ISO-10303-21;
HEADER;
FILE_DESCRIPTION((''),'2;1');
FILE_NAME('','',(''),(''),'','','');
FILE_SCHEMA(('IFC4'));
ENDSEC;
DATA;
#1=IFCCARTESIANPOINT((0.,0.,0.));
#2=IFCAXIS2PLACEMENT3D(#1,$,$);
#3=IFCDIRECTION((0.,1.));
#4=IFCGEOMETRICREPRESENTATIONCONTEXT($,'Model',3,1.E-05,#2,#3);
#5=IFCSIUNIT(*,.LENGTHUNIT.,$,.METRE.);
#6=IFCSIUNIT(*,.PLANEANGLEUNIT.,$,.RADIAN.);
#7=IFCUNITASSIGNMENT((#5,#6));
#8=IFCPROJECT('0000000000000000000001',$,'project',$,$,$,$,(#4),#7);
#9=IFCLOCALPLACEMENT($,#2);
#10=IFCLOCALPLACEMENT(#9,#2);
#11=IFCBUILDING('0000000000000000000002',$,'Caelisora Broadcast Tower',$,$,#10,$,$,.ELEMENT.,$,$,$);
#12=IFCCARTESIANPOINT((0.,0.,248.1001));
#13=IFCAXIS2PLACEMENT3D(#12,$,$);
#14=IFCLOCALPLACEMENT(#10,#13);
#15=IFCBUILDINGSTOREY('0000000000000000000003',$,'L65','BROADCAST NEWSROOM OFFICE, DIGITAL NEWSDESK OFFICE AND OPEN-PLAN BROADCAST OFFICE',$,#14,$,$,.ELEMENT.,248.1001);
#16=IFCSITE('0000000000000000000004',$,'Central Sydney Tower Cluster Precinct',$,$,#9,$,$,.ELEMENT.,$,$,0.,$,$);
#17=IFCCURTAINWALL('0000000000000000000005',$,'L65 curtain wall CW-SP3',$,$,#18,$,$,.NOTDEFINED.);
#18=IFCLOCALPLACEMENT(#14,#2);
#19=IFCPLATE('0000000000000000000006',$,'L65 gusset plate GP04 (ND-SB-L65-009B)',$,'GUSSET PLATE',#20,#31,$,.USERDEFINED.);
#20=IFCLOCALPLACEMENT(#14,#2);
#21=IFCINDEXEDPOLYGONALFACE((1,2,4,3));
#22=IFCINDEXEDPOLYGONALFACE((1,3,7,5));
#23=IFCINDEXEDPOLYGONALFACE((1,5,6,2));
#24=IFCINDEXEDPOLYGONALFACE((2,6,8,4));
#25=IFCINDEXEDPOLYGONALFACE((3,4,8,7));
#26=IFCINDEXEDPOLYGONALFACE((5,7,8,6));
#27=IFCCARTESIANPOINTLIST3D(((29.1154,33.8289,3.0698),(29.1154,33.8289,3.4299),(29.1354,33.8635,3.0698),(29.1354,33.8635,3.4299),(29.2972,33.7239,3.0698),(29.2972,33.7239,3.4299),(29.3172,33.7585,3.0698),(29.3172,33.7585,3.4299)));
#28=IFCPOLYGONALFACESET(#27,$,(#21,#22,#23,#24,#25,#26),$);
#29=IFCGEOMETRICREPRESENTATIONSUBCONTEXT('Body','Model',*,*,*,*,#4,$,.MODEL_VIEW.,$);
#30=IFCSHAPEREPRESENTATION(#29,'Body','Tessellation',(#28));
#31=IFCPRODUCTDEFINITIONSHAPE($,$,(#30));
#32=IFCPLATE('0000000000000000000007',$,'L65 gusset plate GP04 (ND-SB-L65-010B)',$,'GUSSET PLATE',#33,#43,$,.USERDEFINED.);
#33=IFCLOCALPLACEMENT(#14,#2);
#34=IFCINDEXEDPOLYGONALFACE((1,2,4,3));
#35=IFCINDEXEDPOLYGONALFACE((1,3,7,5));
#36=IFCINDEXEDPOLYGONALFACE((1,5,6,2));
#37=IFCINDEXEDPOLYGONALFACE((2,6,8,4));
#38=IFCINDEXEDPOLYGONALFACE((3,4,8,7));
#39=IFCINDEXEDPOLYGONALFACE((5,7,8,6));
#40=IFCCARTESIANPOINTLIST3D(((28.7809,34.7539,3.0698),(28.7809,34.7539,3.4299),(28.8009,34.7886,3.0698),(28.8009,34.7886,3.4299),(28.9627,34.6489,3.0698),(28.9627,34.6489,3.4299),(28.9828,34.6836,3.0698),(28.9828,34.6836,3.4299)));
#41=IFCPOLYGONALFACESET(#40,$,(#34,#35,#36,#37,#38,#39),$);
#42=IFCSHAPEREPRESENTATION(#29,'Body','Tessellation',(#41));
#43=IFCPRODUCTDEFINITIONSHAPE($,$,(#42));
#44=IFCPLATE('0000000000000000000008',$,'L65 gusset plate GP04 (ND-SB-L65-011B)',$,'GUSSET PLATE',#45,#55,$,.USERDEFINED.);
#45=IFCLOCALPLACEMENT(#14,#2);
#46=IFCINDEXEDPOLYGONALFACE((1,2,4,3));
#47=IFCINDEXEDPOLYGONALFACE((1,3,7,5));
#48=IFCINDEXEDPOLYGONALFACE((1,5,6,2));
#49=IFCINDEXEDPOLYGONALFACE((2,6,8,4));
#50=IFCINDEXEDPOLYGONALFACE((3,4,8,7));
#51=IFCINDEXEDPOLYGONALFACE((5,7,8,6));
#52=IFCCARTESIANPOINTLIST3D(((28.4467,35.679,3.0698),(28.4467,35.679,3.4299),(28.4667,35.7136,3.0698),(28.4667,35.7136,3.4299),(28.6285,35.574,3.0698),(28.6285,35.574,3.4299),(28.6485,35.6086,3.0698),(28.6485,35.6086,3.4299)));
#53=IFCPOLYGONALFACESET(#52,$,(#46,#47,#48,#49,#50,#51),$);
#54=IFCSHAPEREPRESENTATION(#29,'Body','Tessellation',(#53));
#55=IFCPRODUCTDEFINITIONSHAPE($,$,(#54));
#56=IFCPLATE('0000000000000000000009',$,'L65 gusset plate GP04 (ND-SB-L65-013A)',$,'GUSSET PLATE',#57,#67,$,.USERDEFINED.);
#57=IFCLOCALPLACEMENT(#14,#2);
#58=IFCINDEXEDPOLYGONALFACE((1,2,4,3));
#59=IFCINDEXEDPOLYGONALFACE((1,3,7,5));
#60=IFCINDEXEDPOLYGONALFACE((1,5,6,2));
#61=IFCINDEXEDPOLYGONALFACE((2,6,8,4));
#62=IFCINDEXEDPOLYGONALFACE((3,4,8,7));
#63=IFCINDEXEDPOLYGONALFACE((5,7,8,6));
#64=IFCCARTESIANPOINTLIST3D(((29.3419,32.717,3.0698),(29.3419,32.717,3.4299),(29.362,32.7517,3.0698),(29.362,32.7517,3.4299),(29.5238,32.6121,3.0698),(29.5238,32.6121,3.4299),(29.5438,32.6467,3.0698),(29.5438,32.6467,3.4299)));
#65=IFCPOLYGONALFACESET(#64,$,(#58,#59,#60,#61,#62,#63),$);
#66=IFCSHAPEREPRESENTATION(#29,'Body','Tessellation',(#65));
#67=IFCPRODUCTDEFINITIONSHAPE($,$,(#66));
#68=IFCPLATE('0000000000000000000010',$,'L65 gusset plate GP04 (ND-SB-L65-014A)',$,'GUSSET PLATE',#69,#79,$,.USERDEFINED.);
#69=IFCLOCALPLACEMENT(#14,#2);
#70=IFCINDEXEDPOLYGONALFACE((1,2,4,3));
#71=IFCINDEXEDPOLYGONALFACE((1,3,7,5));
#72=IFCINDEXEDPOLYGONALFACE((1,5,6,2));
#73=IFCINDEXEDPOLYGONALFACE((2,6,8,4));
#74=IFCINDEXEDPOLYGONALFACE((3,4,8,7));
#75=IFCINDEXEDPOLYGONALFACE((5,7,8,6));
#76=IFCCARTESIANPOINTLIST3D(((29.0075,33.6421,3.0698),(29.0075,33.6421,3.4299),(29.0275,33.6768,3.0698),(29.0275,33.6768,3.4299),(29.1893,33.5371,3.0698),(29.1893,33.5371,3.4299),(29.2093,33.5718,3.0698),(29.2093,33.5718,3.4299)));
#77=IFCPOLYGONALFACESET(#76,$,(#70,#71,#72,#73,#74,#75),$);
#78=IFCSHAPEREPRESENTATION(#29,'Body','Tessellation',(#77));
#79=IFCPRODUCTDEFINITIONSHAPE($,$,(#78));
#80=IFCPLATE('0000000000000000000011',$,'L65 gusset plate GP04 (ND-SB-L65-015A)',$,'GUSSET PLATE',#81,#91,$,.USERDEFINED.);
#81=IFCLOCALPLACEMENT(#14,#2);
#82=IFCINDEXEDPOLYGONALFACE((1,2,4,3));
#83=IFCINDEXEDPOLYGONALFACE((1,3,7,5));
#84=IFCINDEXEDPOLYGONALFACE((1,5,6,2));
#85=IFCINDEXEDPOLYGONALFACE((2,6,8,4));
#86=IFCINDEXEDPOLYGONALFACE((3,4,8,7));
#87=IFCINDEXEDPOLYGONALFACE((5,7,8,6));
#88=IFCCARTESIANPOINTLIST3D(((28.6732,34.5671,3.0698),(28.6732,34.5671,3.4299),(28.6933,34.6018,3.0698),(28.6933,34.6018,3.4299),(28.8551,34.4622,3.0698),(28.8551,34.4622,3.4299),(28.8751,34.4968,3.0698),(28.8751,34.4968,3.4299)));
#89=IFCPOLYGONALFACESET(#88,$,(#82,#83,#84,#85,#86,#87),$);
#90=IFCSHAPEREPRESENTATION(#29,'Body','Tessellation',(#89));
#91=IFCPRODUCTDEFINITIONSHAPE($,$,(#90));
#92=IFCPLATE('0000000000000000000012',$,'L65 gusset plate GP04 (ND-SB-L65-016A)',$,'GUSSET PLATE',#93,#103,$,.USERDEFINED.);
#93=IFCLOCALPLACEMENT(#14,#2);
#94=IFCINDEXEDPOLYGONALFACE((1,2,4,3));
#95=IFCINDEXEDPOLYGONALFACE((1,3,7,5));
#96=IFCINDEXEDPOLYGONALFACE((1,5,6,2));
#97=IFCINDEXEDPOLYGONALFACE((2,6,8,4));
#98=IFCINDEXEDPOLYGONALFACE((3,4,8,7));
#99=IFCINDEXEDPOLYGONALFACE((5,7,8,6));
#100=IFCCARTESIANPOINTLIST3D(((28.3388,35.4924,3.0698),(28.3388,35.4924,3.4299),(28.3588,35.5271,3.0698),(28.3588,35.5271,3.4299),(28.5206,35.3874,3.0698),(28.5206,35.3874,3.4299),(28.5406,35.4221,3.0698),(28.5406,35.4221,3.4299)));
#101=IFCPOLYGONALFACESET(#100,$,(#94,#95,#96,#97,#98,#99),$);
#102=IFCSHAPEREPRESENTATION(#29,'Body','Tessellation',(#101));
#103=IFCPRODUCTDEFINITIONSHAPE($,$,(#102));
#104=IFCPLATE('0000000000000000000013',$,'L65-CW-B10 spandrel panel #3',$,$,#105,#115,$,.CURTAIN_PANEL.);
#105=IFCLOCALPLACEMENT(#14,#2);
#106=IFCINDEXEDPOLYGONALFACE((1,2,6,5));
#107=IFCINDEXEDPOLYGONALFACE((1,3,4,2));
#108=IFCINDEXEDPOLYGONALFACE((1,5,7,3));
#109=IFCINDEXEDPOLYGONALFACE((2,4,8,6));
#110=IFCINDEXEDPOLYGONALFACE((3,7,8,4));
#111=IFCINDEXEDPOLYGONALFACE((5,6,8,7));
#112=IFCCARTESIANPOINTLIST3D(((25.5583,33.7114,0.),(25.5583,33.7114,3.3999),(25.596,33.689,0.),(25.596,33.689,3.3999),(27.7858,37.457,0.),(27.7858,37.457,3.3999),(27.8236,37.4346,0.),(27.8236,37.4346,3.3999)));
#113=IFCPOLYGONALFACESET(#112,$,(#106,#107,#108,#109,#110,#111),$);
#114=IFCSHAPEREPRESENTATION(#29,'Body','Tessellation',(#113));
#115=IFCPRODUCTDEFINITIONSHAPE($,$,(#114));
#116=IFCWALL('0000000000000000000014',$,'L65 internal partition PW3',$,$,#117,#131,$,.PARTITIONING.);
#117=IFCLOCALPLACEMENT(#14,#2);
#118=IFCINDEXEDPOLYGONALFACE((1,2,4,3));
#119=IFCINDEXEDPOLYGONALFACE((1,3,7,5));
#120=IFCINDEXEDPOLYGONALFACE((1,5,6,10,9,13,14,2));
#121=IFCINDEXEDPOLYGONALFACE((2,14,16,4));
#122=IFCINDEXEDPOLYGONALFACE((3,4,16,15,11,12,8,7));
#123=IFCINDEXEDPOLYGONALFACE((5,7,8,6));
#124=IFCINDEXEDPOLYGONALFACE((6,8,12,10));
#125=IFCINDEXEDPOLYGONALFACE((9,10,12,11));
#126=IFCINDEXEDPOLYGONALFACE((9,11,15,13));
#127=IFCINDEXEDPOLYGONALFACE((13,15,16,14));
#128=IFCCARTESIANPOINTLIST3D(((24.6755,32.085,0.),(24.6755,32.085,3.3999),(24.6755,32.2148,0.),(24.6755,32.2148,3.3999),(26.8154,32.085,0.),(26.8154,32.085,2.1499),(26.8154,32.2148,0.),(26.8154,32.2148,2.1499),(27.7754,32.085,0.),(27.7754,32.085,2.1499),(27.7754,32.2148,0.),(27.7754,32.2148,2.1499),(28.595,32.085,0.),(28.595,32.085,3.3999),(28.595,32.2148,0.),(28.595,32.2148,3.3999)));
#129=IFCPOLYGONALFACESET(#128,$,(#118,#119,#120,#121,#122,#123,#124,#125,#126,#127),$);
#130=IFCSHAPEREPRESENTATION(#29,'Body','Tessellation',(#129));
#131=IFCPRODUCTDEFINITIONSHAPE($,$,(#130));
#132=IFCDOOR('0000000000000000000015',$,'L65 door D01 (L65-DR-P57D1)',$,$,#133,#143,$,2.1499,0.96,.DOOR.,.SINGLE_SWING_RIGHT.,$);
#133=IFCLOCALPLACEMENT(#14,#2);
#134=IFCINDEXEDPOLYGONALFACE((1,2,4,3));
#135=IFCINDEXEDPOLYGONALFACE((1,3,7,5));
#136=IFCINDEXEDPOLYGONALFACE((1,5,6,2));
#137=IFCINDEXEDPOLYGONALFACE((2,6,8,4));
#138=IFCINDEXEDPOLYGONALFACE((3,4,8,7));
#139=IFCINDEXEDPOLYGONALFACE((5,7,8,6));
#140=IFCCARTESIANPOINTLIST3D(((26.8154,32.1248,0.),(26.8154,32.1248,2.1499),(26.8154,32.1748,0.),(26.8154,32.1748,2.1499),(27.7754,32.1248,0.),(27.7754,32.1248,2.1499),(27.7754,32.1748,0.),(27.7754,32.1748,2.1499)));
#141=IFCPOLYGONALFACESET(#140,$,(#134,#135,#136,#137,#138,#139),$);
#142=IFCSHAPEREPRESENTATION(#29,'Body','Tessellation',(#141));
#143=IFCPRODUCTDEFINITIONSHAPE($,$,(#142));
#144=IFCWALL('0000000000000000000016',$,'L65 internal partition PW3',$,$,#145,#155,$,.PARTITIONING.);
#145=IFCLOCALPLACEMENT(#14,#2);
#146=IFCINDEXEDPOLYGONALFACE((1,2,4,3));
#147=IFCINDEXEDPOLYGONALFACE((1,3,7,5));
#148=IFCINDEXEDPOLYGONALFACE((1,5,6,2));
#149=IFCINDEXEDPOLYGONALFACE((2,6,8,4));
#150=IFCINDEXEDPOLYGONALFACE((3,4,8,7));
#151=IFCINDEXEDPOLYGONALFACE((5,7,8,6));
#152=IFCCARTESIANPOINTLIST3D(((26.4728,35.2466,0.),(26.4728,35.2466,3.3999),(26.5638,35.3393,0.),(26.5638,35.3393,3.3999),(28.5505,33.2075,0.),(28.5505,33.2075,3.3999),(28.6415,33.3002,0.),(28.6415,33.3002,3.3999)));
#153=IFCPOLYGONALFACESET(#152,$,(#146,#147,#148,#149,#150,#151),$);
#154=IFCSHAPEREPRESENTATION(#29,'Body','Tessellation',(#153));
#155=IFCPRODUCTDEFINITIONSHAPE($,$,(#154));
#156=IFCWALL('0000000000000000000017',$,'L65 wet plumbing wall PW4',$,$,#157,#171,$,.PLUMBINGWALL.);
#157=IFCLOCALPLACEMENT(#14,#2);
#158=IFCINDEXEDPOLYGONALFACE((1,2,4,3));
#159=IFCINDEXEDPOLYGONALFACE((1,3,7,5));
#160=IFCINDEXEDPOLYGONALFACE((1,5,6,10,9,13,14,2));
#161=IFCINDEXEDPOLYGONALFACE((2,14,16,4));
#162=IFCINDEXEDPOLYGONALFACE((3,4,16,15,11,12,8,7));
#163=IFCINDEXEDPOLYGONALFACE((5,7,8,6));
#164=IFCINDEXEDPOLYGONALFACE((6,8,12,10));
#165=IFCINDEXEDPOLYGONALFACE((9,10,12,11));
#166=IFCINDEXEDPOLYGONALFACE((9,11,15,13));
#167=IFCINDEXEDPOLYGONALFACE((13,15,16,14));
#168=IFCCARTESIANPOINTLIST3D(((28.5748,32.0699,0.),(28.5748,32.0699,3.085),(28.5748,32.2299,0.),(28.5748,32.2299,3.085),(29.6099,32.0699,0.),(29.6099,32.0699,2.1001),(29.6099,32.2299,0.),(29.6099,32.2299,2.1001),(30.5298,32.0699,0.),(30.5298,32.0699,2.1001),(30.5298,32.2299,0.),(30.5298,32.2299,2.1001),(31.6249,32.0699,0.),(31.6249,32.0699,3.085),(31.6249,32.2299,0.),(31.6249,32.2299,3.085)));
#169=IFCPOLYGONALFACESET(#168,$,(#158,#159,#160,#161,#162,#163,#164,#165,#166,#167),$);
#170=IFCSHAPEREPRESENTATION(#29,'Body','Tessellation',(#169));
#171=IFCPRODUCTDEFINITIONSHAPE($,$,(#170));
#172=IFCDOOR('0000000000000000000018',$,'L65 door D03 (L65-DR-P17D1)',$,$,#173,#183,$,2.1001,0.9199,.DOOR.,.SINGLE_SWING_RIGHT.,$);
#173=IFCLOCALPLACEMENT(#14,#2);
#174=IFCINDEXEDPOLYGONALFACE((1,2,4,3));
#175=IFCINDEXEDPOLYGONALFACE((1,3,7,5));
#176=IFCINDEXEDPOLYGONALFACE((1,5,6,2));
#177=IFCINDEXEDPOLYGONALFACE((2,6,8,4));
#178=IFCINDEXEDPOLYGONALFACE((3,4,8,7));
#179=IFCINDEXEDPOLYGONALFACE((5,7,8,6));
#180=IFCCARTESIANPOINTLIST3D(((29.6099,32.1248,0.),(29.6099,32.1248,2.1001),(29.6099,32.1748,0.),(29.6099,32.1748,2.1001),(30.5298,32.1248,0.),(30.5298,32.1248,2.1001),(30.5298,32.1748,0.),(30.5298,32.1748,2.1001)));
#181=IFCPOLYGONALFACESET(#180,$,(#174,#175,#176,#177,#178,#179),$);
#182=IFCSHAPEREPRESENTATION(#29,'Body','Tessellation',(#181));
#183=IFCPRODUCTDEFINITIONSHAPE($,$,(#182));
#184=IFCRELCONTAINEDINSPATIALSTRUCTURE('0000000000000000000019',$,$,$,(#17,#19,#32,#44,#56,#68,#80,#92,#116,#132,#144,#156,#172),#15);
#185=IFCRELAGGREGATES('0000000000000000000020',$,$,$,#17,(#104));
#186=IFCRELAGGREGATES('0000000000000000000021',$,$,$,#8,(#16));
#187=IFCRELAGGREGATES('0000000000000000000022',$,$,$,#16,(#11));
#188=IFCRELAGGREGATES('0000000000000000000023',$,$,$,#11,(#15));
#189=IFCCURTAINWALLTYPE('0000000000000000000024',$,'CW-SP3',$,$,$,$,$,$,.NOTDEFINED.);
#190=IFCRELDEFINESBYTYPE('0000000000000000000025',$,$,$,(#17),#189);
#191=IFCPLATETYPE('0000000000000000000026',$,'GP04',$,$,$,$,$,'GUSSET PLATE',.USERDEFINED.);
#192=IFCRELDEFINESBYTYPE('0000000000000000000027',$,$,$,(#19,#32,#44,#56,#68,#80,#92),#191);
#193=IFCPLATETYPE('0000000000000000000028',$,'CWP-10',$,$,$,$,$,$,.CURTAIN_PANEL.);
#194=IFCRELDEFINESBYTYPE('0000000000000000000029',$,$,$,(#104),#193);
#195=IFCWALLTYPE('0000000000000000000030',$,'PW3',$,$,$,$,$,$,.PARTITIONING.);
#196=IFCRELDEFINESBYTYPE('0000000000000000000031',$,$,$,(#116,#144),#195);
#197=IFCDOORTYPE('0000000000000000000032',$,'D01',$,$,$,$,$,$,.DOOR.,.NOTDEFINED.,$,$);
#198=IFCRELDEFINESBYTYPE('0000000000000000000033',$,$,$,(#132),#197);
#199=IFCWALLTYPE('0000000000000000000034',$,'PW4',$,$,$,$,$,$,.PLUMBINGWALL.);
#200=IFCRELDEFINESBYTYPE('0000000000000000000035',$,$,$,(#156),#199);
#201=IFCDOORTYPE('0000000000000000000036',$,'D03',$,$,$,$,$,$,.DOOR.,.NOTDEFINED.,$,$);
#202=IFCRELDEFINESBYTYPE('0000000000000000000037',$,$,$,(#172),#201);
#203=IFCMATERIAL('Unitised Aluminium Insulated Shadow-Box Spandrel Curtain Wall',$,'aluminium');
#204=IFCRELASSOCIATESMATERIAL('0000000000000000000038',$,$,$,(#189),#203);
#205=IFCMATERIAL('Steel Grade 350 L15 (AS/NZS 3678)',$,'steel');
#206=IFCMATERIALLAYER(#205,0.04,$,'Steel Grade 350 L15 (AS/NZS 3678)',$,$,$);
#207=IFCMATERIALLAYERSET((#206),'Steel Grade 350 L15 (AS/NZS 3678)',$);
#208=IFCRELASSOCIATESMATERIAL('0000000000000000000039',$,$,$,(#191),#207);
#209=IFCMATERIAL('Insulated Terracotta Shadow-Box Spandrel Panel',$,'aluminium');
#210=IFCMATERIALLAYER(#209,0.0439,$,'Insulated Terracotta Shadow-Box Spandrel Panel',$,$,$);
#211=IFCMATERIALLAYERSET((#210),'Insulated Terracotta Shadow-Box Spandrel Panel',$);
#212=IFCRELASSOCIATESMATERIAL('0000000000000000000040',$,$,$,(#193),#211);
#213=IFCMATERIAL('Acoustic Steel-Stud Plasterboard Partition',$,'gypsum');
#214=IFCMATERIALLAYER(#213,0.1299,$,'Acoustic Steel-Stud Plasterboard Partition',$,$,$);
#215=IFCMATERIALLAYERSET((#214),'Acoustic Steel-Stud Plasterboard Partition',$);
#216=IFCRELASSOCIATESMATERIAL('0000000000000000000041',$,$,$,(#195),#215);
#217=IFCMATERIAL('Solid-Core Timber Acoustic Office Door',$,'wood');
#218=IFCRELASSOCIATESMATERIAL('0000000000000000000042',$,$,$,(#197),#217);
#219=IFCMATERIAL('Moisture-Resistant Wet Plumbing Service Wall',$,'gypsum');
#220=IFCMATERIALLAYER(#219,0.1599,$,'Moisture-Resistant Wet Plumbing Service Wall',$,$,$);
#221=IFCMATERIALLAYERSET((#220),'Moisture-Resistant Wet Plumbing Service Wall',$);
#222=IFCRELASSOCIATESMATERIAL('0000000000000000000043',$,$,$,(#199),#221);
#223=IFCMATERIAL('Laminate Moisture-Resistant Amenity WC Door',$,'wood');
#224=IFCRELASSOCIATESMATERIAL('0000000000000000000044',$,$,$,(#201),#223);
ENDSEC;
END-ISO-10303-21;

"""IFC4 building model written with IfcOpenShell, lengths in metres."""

from ifc_helpers import new_model, si_unit, direction, frame, frame_2d, origin, origin_2d, place, context, subcontext, project, spatial, rectangle, extrude, source, transform, mapped, material, layer, layer_set, type_object, type_shapes, element, fill, aggregate, save


model = new_model("IFC4")

# Units and contexts
model_context = context("Model", 3, precision=1e-05, world=origin(), true_north=direction((0.0, 1.0)))
body_context = subcontext(model_context, "Body", "Model", "MODEL_VIEW")
ifc_project = project(units=[si_unit("LENGTHUNIT", "METRE"), si_unit("PLANEANGLEUNIT", "RADIAN")], contexts=[model_context])

# Site, building, storey
site_placement = place(None, origin())
site = spatial("IfcSite", under=ifc_project, at=site_placement, Name="Central Sydney Tower Cluster Precinct", CompositionType="ELEMENT", RefElevation=0.0)
building_placement = place(site_placement, origin())
building = spatial("IfcBuilding", under=site, at=building_placement, Name="Caelisora Broadcast Tower", CompositionType="ELEMENT")
storey_placement = place(building_placement, frame((0.0, 0.0, 248.1001)))
storey = spatial("IfcBuildingStorey", under=building, at=storey_placement, Name="L65", Description="BROADCAST NEWSROOM OFFICE, DIGITAL NEWSDESK OFFICE AND OPEN-PLAN BROADCAST OFFICE", CompositionType="ELEMENT", Elevation=248.1001)

# Curtain wall
ifc_material_1 = material(Name="Unitised Aluminium Insulated Shadow-Box Spandrel Curtain Wall", Category="aluminium")
curtain_wall_type = type_object("IfcCurtainWallType", Name="CW-SP3", PredefinedType="NOTDEFINED", material=ifc_material_1)
curtain_wall_placement = place(storey_placement, origin())
curtain_wall = element("IfcCurtainWall", 1, at=curtain_wall_placement, inside=storey, type_object=curtain_wall_type, Name="L65 curtain wall CW-SP3", PredefinedType="NOTDEFINED")

# Plates
ifc_material_2 = material(Name="Steel Grade 350 L15 (AS/NZS 3678)", Category="steel")
ifc_layer_1 = layer(ifc_material_2, 0.04, Name="Steel Grade 350 L15 (AS/NZS 3678)")
ifc_layer_set_1 = layer_set([ifc_layer_1], Name="Steel Grade 350 L15 (AS/NZS 3678)")
plate_type_1 = type_object("IfcPlateType", Name="GP04", ElementType="GUSSET PLATE", PredefinedType="USERDEFINED", material=ifc_layer_set_1)
shared_shape_1 = source(origin(), body_context, "Body", "SweptSolid", [
    extrude(rectangle(XDim=0.21, YDim=0.04, at=origin_2d()), origin(), (0.0, 0.0, 1.0), 0.3601),
])
type_shapes(plate_type_1, [shared_shape_1])
for number, where, z_axis, x_axis, name in (
    (2, (29.2163, 33.7937, 3.0698), (0.0, 0.0, 1.0), (0.866025, -0.5, 0.0), "L65 gusset plate GP04 (ND-SB-L65-009B)"),
    (3, (28.8818, 34.7188, 3.0698), (0.0, 0.0, 1.0), (0.866025, -0.5, 0.0), "L65 gusset plate GP04 (ND-SB-L65-010B)"),
    (4, (28.5476, 35.6438, 3.0698), (0.0, 0.0, 1.0), (0.866025, -0.5, 0.0), "L65 gusset plate GP04 (ND-SB-L65-011B)"),
    (5, (29.4429, 32.6819, 3.0698), (0.0, 0.0, 1.0), (0.866025, -0.5, 0.0), "L65 gusset plate GP04 (ND-SB-L65-013A)"),
    (6, (29.1084, 33.6069, 3.0698), (0.0, 0.0, 1.0), (0.866025, -0.5, 0.0), "L65 gusset plate GP04 (ND-SB-L65-014A)"),
    (7, (28.7742, 34.532, 3.0698), (0.0, 0.0, 1.0), (0.866025, -0.5, 0.0), "L65 gusset plate GP04 (ND-SB-L65-015A)"),
    (8, (28.4397, 35.4573, 3.0698), (0.0, 0.0, 1.0), (0.866025, -0.5, 0.0), "L65 gusset plate GP04 (ND-SB-L65-016A)"),
):
    element("IfcPlate", number, at=place(storey_placement, frame(where, z_axis=z_axis, x_axis=x_axis)), inside=storey, type_object=plate_type_1, Name=name, ObjectType="GUSSET PLATE", PredefinedType="USERDEFINED", context=body_context, shape_type="MappedRepresentation", body=[
        mapped(shared_shape_1, transform((0.0, 0.0, 0.0), scale=1.0)),
    ])

# Plate
ifc_material_3 = material(Name="Insulated Terracotta Shadow-Box Spandrel Panel", Category="aluminium")
ifc_layer_2 = layer(ifc_material_3, 0.0439, Name="Insulated Terracotta Shadow-Box Spandrel Panel")
ifc_layer_set_2 = layer_set([ifc_layer_2], Name="Insulated Terracotta Shadow-Box Spandrel Panel")
plate_type_2 = type_object("IfcPlateType", Name="CWP-10", PredefinedType="CURTAIN_PANEL", material=ifc_layer_set_2)
shared_shape_2 = source(origin(), body_context, "Body", "SweptSolid", [
    extrude(rectangle(XDim=4.3579, YDim=0.0439, at=origin_2d()), origin(), (0.0, 0.0, 1.0), 3.3999),
])
type_shapes(plate_type_2, [shared_shape_2])
plate_placement = place(storey_placement, frame((26.6909, 35.573, 0.0), z_axis=(0.0, 0.0, 1.0), x_axis=(0.511143, 0.859496, 0.0)))
plate = element("IfcPlate", 9, at=plate_placement, type_object=plate_type_2, Name="L65-CW-B10 spandrel panel #3", PredefinedType="CURTAIN_PANEL", context=body_context, shape_type="MappedRepresentation", body=[
    mapped(shared_shape_2, transform((0.0, 0.0, 0.0), scale=1.0)),
])
aggregate(curtain_wall, [plate])

# Wall, opening, door
ifc_material_4 = material(Name="Acoustic Steel-Stud Plasterboard Partition", Category="gypsum")
ifc_layer_3 = layer(ifc_material_4, 0.1299, Name="Acoustic Steel-Stud Plasterboard Partition")
ifc_layer_set_3 = layer_set([ifc_layer_3], Name="Acoustic Steel-Stud Plasterboard Partition")
wall_type_1 = type_object("IfcWallType", Name="PW3", PredefinedType="PARTITIONING", material=ifc_layer_set_3)
wall_1_placement = place(storey_placement, frame((24.6755, 32.1499, 0.0), z_axis=(0.0, 0.0, 1.0), x_axis=(1.0, 0.0, 0.0)))
wall_1 = element("IfcWall", 10, at=wall_1_placement, inside=storey, type_object=wall_type_1, Name="L65 internal partition PW3", PredefinedType="PARTITIONING", context=body_context, shape_type="SweptSolid", body=[
    extrude(rectangle(XDim=3.9194, YDim=0.1299, at=frame_2d((1.9597, 0.0))), origin(), (0.0, 0.0, 1.0), 3.3999),
])
opening_1_placement = place(wall_1_placement, frame((2.1399, 0.0, 0.0)))
opening_1 = element("IfcOpeningElement", 11, at=opening_1_placement, cuts=wall_1, PredefinedType="OPENING", context=body_context, shape_type="SweptSolid", body=[
    extrude(rectangle(XDim=0.96, YDim=2.1499, at=frame_2d((0.48, 1.075))), frame((0.0, 0.0769, 0.0), z_axis=(0.0, -1.0, 0.0), x_axis=(1.0, 0.0, 0.0)), (0.0, 0.0, 1.0), 0.1538),
])
ifc_material_5 = material(Name="Solid-Core Timber Acoustic Office Door", Category="wood")
door_type_1 = type_object("IfcDoorType", Name="D01", OperationType="NOTDEFINED", PredefinedType="DOOR", material=ifc_material_5)
door_1_placement = place(opening_1_placement, origin())
door_1 = element("IfcDoor", 12, at=door_1_placement, inside=storey, type_object=door_type_1, Name="L65 door D01 (L65-DR-P57D1)", OperationType="SINGLE_SWING_RIGHT", OverallHeight=2.1499, OverallWidth=0.96, PredefinedType="DOOR", context=body_context, shape_type="SweptSolid", body=[
    extrude(rectangle(XDim=0.96, YDim=2.1499, at=frame_2d((0.48, 1.075))), frame((0.0, 0.0249, 0.0), z_axis=(0.0, -1.0, 0.0), x_axis=(1.0, 0.0, 0.0)), (0.0, 0.0, 1.0), 0.05),
])
fill(opening_1, door_1)

# Wall
wall_2_placement = place(storey_placement, frame((26.5183, 35.293, 0.0), z_axis=(0.0, 0.0, 1.0), x_axis=(0.713701, -0.70045, 0.0)))
element("IfcWall", 13, at=wall_2_placement, inside=storey, type_object=wall_type_1, Name="L65 internal partition PW3", PredefinedType="PARTITIONING", context=body_context, shape_type="SweptSolid", body=[
    extrude(rectangle(XDim=2.9111, YDim=0.1299, at=frame_2d((1.4556, 0.0))), origin(), (0.0, 0.0, 1.0), 3.3999),
])

# Wall, opening, door
ifc_material_6 = material(Name="Moisture-Resistant Wet Plumbing Service Wall", Category="gypsum")
ifc_layer_4 = layer(ifc_material_6, 0.1599, Name="Moisture-Resistant Wet Plumbing Service Wall")
ifc_layer_set_4 = layer_set([ifc_layer_4], Name="Moisture-Resistant Wet Plumbing Service Wall")
wall_type_2 = type_object("IfcWallType", Name="PW4", PredefinedType="PLUMBINGWALL", material=ifc_layer_set_4)
wall_3_placement = place(storey_placement, frame((28.575, 32.1499, 0.0), z_axis=(0.0, 0.0, 1.0), x_axis=(1.0, 0.0, 0.0)))
wall_3 = element("IfcWall", 14, at=wall_3_placement, inside=storey, type_object=wall_type_2, Name="L65 wet plumbing wall PW4", PredefinedType="PLUMBINGWALL", context=body_context, shape_type="SweptSolid", body=[
    extrude(rectangle(XDim=3.05, YDim=0.1599, at=frame_2d((1.5249, 0.0))), origin(), (0.0, 0.0, 1.0), 3.085),
])
opening_2_placement = place(wall_3_placement, frame((1.0349, 0.0, 0.0)))
opening_2 = element("IfcOpeningElement", 15, at=opening_2_placement, cuts=wall_3, PredefinedType="OPENING", context=body_context, shape_type="SweptSolid", body=[
    extrude(rectangle(XDim=0.9199, YDim=2.1001, at=frame_2d((0.46, 1.05))), frame((0.0, 0.092, 0.0), z_axis=(0.0, -1.0, 0.0), x_axis=(1.0, 0.0, 0.0)), (0.0, 0.0, 1.0), 0.1838),
])
ifc_material_7 = material(Name="Laminate Moisture-Resistant Amenity WC Door", Category="wood")
door_type_2 = type_object("IfcDoorType", Name="D03", OperationType="NOTDEFINED", PredefinedType="DOOR", material=ifc_material_7)
door_2_placement = place(opening_2_placement, origin())
door_2 = element("IfcDoor", 16, at=door_2_placement, inside=storey, type_object=door_type_2, Name="L65 door D03 (L65-DR-P17D1)", OperationType="SINGLE_SWING_RIGHT", OverallHeight=2.1001, OverallWidth=0.9199, PredefinedType="DOOR", context=body_context, shape_type="SweptSolid", body=[
    extrude(rectangle(XDim=0.9199, YDim=2.1001, at=frame_2d((0.46, 1.05))), frame((0.0, 0.0249, 0.0), z_axis=(0.0, -1.0, 0.0), x_axis=(1.0, 0.0, 0.0)), (0.0, 0.0, 1.0), 0.05),
])
fill(opening_2, door_2)

save(model, "model.ifc")
